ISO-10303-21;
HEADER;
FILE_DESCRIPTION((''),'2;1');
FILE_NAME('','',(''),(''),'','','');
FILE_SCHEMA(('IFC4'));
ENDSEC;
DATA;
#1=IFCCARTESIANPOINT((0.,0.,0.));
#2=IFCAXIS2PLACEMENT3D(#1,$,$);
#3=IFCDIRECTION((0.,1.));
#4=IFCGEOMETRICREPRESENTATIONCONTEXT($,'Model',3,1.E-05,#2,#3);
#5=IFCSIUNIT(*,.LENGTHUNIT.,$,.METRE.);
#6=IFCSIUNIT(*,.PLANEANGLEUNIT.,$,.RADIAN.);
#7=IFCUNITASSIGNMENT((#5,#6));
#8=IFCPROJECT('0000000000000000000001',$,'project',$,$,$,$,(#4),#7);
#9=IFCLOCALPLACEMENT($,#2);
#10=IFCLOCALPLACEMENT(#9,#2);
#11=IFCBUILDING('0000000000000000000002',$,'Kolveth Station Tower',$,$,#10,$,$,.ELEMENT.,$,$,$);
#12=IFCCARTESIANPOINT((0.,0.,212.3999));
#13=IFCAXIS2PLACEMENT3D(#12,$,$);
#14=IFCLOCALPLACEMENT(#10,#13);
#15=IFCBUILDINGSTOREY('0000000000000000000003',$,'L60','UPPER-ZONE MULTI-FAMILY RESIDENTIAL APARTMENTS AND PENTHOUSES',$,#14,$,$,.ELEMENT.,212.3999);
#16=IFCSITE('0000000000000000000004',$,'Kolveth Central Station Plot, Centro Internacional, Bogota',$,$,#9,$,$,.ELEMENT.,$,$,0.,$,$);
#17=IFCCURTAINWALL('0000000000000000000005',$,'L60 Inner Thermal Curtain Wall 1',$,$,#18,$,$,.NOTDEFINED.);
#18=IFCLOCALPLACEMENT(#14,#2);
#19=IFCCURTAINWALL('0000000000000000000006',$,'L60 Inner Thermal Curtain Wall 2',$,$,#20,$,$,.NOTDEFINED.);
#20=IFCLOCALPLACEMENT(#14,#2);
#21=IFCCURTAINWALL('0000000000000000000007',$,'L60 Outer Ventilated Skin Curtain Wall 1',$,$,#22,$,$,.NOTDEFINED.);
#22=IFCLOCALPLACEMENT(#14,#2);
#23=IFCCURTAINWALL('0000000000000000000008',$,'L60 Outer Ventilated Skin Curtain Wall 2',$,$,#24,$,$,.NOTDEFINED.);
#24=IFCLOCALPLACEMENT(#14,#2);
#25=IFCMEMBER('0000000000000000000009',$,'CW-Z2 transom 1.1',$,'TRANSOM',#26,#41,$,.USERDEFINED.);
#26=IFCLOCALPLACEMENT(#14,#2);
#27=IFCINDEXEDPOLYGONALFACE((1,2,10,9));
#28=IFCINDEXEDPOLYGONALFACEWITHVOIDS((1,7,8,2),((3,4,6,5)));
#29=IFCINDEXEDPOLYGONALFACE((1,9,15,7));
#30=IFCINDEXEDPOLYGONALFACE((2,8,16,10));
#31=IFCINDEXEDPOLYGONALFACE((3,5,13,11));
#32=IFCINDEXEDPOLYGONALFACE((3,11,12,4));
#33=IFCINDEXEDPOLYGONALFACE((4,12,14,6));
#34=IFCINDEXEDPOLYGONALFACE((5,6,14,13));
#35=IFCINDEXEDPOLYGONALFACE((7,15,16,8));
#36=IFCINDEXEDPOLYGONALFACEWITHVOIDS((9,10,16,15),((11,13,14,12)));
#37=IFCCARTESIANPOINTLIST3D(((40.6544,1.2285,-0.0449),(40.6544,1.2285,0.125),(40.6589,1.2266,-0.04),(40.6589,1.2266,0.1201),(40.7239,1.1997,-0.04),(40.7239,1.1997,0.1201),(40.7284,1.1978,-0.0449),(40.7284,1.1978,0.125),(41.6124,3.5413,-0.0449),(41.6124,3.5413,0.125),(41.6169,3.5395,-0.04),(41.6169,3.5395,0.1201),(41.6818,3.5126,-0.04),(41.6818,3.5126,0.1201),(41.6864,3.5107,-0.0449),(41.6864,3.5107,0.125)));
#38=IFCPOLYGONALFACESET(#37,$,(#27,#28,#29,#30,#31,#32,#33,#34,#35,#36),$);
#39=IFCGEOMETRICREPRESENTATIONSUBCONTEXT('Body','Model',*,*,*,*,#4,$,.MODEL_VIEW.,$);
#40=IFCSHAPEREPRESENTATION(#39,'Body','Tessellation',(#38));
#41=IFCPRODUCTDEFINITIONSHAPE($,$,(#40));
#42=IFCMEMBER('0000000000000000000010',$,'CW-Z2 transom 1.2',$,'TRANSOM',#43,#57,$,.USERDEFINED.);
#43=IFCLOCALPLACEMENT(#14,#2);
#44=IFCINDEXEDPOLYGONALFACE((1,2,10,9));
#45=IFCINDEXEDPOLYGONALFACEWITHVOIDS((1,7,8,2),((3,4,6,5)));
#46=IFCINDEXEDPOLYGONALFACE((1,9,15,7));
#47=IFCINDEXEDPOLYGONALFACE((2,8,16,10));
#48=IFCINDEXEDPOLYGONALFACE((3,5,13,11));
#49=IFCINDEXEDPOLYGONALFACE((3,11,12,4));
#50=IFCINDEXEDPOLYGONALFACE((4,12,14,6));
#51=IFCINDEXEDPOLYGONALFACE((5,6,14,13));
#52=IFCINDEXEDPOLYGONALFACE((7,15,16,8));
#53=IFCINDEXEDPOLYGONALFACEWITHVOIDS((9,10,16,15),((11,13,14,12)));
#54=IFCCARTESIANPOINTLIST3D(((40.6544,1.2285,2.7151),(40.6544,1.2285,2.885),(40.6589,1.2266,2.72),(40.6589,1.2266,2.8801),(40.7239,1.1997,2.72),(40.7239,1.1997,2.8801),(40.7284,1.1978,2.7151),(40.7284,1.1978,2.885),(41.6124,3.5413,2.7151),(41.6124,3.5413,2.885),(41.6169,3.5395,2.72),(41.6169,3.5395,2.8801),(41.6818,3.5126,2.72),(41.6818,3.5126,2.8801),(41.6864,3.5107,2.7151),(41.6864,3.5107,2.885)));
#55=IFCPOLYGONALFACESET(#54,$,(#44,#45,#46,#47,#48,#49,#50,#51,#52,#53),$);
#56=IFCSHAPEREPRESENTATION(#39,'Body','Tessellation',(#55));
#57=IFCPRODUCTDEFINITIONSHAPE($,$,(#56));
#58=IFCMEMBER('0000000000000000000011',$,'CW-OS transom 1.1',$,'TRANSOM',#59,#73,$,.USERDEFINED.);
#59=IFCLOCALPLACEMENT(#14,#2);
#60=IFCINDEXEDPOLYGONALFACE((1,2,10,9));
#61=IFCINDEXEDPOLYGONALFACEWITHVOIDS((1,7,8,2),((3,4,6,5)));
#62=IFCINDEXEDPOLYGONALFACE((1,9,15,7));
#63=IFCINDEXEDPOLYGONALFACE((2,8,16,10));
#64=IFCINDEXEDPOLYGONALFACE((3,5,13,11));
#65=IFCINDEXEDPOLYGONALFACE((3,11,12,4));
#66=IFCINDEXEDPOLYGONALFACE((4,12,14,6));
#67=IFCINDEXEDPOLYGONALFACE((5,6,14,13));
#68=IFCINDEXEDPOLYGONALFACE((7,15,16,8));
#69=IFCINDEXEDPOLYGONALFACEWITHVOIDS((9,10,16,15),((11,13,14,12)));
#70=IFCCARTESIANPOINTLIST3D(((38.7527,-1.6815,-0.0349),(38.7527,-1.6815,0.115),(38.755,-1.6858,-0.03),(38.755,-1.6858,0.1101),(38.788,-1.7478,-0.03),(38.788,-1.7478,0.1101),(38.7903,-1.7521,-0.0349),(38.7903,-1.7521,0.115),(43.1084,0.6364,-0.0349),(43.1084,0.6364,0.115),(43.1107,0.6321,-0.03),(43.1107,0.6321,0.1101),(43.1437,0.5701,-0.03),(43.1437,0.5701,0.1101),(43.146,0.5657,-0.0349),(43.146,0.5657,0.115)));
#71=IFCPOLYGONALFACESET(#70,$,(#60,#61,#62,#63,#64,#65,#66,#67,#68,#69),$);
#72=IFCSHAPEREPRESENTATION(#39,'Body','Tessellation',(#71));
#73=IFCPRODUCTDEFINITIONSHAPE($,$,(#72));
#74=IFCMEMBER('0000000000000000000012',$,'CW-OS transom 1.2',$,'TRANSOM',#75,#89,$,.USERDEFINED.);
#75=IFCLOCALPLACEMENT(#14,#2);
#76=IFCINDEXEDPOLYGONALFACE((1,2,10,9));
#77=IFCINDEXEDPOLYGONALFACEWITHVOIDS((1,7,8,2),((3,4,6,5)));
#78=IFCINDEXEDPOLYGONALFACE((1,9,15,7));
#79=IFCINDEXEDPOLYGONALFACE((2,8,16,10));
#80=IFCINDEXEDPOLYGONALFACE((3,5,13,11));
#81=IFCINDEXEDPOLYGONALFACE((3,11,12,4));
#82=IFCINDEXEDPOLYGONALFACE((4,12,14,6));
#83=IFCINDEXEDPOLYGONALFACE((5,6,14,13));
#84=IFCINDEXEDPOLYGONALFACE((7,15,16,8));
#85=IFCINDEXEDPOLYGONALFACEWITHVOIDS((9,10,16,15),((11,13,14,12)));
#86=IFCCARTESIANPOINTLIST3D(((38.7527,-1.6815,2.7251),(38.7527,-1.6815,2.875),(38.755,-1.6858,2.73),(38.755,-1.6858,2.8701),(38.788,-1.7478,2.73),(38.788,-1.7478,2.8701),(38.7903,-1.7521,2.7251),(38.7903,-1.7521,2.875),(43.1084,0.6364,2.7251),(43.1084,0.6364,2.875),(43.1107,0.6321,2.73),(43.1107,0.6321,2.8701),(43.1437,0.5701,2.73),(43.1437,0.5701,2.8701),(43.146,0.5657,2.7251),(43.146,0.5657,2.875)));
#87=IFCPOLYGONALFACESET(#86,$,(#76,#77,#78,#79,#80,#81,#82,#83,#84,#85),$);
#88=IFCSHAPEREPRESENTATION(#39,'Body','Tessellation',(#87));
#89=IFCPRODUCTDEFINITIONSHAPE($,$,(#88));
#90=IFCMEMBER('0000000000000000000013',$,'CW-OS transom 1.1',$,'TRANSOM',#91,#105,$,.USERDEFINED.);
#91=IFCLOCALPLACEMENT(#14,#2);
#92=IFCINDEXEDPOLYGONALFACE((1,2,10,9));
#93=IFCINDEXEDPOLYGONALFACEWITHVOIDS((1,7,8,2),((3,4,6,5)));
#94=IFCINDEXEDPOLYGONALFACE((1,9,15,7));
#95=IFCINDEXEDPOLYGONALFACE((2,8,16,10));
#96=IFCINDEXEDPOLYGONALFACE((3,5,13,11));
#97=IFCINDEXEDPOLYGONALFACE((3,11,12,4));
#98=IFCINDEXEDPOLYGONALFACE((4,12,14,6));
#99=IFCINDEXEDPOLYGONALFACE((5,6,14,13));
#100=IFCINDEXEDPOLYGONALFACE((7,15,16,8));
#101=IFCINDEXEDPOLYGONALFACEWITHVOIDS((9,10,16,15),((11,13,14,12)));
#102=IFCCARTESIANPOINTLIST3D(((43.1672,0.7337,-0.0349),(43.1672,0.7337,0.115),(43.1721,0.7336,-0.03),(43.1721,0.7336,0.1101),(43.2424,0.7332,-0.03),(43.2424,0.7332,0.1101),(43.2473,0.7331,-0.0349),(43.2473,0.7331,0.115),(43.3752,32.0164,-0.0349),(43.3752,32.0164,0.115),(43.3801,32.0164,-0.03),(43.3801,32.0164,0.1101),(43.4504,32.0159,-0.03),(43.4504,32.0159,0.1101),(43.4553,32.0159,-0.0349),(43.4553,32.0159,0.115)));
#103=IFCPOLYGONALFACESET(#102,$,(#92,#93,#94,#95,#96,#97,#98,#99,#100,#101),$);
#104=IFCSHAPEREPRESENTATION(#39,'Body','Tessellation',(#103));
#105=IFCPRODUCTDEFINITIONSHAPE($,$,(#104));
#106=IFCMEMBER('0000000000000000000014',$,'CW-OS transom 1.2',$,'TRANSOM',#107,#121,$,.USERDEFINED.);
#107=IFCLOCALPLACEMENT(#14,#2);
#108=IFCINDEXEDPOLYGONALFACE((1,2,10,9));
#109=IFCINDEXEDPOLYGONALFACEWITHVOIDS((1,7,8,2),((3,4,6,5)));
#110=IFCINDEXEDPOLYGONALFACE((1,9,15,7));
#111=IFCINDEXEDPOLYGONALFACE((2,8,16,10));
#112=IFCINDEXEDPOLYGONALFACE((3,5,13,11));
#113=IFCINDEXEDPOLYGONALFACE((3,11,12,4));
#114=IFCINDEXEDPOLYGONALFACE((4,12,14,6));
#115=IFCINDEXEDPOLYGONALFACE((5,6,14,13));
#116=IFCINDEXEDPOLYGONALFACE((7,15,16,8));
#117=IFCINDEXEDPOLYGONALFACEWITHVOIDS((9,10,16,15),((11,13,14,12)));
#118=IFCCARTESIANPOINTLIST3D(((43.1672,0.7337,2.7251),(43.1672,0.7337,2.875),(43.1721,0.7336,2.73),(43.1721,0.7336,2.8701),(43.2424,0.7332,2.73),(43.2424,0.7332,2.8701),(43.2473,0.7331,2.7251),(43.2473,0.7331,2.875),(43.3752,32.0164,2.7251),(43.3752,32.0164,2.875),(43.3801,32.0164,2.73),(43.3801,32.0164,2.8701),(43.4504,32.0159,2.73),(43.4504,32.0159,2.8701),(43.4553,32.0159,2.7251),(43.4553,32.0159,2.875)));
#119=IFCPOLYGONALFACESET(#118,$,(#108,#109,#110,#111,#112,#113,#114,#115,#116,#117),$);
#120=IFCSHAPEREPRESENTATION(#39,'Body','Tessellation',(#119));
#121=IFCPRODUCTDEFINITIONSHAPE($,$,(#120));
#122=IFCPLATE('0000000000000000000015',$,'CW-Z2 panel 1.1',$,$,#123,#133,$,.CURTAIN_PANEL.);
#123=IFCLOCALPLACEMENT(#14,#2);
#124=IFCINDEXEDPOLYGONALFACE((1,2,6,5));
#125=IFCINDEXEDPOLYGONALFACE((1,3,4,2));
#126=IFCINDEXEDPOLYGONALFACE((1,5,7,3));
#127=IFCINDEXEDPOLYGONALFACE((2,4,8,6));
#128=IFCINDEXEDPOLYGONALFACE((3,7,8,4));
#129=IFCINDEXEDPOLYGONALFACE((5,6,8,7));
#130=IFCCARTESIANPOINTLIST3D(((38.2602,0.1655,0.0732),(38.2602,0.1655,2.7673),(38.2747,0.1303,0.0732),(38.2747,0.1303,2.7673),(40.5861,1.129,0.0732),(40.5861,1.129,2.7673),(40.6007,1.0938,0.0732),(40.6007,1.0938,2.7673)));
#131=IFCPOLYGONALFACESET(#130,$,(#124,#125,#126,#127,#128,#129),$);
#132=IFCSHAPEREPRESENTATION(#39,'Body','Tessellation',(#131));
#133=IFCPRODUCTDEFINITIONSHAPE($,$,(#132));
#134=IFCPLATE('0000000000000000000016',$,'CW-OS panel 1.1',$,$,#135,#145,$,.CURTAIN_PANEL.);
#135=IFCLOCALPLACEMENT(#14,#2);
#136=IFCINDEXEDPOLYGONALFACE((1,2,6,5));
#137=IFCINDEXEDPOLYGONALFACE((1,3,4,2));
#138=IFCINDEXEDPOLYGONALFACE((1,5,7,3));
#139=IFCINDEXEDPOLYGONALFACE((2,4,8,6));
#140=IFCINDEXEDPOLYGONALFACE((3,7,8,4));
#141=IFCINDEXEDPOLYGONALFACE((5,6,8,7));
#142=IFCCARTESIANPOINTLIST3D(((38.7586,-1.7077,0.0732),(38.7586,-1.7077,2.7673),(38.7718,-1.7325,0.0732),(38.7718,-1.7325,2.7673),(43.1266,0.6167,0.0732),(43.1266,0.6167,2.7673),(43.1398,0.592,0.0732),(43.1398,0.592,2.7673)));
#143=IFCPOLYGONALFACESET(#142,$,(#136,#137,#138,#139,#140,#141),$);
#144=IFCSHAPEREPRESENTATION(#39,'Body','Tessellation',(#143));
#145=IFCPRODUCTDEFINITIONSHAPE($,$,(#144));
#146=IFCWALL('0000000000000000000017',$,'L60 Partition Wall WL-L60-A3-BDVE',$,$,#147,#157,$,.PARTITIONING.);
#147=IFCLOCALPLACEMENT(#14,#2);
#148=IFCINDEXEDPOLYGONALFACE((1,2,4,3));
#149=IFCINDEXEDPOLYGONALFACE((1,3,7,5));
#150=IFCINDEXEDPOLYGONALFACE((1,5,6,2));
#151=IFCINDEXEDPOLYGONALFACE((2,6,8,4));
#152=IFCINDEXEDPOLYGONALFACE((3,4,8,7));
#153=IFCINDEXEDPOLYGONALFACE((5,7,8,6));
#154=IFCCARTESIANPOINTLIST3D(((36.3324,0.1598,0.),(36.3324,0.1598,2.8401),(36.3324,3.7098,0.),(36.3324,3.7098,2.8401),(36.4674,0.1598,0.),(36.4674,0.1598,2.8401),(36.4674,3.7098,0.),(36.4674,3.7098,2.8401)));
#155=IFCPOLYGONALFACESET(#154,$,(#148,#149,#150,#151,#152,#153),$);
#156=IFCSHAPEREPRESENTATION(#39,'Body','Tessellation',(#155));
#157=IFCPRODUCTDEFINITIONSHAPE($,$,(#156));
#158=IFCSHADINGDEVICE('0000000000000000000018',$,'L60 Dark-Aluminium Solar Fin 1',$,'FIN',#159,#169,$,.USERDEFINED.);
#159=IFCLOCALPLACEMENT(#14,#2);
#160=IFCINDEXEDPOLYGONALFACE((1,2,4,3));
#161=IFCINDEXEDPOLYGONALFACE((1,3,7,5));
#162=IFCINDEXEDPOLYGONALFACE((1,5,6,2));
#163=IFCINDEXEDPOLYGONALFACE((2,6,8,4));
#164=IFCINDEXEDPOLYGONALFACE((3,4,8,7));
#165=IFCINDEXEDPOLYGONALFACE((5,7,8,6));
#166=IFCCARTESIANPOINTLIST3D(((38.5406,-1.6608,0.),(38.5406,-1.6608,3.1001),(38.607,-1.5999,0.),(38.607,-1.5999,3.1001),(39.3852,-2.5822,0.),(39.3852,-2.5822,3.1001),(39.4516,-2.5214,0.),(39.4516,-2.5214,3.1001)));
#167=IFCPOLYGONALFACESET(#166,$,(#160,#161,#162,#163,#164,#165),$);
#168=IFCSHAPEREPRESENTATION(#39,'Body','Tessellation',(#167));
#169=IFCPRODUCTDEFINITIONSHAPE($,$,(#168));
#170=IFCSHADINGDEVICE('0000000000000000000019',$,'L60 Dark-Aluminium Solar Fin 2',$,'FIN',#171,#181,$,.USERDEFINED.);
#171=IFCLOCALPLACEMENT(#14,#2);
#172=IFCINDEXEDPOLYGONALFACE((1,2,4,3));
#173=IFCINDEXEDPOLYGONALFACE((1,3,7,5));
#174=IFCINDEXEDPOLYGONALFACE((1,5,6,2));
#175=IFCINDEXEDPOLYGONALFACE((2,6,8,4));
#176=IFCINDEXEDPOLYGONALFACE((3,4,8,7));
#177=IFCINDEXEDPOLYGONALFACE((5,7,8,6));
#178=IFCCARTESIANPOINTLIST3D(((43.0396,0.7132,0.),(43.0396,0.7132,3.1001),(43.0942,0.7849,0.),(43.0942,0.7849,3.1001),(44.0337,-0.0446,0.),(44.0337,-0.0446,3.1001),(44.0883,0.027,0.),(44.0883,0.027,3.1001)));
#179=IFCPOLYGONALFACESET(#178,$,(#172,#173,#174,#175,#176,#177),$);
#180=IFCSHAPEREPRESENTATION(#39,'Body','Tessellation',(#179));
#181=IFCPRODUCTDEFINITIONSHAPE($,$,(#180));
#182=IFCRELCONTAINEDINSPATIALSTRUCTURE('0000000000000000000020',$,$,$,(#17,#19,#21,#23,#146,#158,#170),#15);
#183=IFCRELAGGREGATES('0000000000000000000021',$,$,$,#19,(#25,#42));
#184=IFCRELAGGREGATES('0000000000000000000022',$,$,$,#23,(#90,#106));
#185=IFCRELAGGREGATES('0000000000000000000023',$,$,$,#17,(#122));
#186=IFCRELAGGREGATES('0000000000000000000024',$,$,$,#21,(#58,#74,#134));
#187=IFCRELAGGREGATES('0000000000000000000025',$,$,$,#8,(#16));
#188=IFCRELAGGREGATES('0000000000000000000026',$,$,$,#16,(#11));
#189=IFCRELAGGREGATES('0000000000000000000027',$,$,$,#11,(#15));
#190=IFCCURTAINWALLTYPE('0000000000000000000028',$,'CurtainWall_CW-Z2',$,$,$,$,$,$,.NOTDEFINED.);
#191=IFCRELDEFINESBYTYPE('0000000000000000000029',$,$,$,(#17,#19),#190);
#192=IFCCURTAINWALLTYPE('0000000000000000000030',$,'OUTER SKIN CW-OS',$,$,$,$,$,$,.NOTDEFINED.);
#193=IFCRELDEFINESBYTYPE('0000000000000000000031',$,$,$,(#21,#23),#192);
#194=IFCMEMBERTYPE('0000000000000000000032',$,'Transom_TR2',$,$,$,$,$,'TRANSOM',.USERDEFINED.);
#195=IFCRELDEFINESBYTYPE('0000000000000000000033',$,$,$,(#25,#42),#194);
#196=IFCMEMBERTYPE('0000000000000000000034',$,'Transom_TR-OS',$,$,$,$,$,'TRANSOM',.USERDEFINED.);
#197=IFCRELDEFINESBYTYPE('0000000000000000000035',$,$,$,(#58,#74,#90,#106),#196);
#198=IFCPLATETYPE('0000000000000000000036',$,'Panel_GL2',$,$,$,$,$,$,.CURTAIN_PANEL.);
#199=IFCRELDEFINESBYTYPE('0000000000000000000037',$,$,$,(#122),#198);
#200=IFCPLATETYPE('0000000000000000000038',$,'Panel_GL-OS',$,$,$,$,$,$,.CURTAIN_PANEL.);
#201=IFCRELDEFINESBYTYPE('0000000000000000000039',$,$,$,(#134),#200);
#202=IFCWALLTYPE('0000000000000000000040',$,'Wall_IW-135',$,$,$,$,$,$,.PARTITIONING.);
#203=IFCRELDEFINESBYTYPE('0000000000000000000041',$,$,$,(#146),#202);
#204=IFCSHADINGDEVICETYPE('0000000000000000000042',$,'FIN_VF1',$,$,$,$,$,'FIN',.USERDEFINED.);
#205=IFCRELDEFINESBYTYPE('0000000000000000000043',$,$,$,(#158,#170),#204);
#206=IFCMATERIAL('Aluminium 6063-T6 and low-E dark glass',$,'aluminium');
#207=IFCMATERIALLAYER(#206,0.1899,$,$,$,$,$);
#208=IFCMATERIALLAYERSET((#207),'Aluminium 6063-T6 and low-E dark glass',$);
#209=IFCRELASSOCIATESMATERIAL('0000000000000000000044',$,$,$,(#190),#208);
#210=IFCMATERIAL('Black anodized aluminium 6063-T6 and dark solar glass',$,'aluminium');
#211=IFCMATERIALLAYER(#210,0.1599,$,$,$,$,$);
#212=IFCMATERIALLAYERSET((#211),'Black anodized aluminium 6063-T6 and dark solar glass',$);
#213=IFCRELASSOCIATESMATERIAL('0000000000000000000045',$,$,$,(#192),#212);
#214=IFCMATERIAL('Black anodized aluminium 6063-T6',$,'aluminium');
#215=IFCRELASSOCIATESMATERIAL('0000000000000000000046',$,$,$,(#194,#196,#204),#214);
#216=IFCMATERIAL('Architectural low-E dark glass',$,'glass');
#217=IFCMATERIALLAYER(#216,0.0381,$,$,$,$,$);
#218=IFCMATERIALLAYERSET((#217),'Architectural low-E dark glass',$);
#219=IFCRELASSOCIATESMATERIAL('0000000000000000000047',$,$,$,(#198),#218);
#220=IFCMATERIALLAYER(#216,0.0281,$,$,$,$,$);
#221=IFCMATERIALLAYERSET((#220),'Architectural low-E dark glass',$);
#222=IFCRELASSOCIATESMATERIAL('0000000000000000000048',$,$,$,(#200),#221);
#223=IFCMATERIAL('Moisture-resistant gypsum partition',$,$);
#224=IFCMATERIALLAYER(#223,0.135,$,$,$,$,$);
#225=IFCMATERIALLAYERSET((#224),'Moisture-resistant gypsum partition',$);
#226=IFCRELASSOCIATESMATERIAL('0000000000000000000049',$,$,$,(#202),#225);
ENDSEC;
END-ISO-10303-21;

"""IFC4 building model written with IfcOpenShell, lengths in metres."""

from ifc_helpers import new_model, si_unit, direction, frame, frame_2d, origin, origin_2d, place, context, subcontext, project, spatial, rectangle, hollow_rectangle, extrude, source, transform, mapped, material, layer, layer_set, material_profile, profile_set, type_object, element, aggregate, save


model = new_model("IFC4")

# Units and contexts
model_context = context("Model", 3, precision=1e-05, world=origin(), true_north=direction((0.0, 1.0)))
body_context = subcontext(model_context, "Body", "Model", "MODEL_VIEW")
ifc_project = project(units=[si_unit("LENGTHUNIT", "METRE"), si_unit("PLANEANGLEUNIT", "RADIAN")], contexts=[model_context])

# Site, building, storey
site_placement = place(None, origin())
site = spatial("IfcSite", under=ifc_project, at=site_placement, Name="Kolveth Central Station Plot, Centro Internacional, Bogota", CompositionType="ELEMENT", RefElevation=0.0)
building_placement = place(site_placement, origin())
building = spatial("IfcBuilding", under=site, at=building_placement, Name="Kolveth Station Tower", CompositionType="ELEMENT")
storey_placement = place(building_placement, frame((0.0, 0.0, 212.3999)))
storey = spatial("IfcBuildingStorey", under=building, at=storey_placement, Name="L60", Description="UPPER-ZONE MULTI-FAMILY RESIDENTIAL APARTMENTS AND PENTHOUSES", CompositionType="ELEMENT", Elevation=212.3999)

# Curtain wall
ifc_material_1 = material(Name="Aluminium 6063-T6 and low-E dark glass", Category="aluminium")
ifc_layer_1 = layer(ifc_material_1, 0.1899)
ifc_layer_set_1 = layer_set([ifc_layer_1], Name="Aluminium 6063-T6 and low-E dark glass")
curtain_wall_type_1 = type_object("IfcCurtainWallType", Name="CurtainWall_CW-Z2", PredefinedType="NOTDEFINED", material=ifc_layer_set_1)
curtain_wall_1_placement = place(storey_placement, origin())
curtain_wall_1 = element("IfcCurtainWall", 1, at=curtain_wall_1_placement, inside=storey, type_object=curtain_wall_type_1, Name="L60 Inner Thermal Curtain Wall 1", PredefinedType="NOTDEFINED")
ifc_material_2 = material(Name="Black anodized aluminium 6063-T6", Category="aluminium")

# Curtain wall
curtain_wall_2_placement = place(storey_placement, origin())
curtain_wall_2 = element("IfcCurtainWall", 2, at=curtain_wall_2_placement, inside=storey, type_object=curtain_wall_type_1, Name="L60 Inner Thermal Curtain Wall 2", PredefinedType="NOTDEFINED")

# Curtain wall
ifc_material_3 = material(Name="Black anodized aluminium 6063-T6 and dark solar glass", Category="aluminium")
ifc_layer_2 = layer(ifc_material_3, 0.1599)
ifc_layer_set_2 = layer_set([ifc_layer_2], Name="Black anodized aluminium 6063-T6 and dark solar glass")
curtain_wall_type_2 = type_object("IfcCurtainWallType", Name="OUTER SKIN CW-OS", PredefinedType="NOTDEFINED", material=ifc_layer_set_2)
curtain_wall_3_placement = place(storey_placement, origin())
curtain_wall_3 = element("IfcCurtainWall", 3, at=curtain_wall_3_placement, inside=storey, type_object=curtain_wall_type_2, Name="L60 Outer Ventilated Skin Curtain Wall 1", PredefinedType="NOTDEFINED")

# Curtain wall
curtain_wall_4_placement = place(storey_placement, origin())
curtain_wall_4 = element("IfcCurtainWall", 4, at=curtain_wall_4_placement, inside=storey, type_object=curtain_wall_type_2, Name="L60 Outer Ventilated Skin Curtain Wall 2", PredefinedType="NOTDEFINED")

# Members
ifc_material_profile_1 = material_profile(ifc_material_2, hollow_rectangle(XDim=0.0801, YDim=0.1699, WallThickness=0.0049, at=origin_2d()), Name="ALU-80x170x5")
ifc_profile_set_1 = profile_set([ifc_material_profile_1], Name="Black anodized aluminium 6063-T6")
member_type_1 = type_object("IfcMemberType", Name="Transom_TR2", ElementType="TRANSOM", PredefinedType="USERDEFINED", material=ifc_profile_set_1)
shared_shape_1 = source(origin(), body_context, "Body", "SweptSolid", [
    extrude(hollow_rectangle(XDim=0.0801, YDim=0.1699, WallThickness=0.0049, at=origin_2d()), origin(), (0.0, 0.0, 1.0), 2.5034),
])
member_1_placement = place(storey_placement, frame((40.6914, 1.2131, 0.04), z_axis=(0.382662, 0.923888, 0.0), x_axis=(-0.923888, 0.382662, 0.0)))
member_1 = element("IfcMember", 5, at=member_1_placement, type_object=member_type_1, Name="CW-Z2 transom 1.1", ObjectType="TRANSOM", PredefinedType="USERDEFINED", context=body_context, shape_type="MappedRepresentation", body=[
    mapped(shared_shape_1, transform((0.0, 0.0, 0.0), x_axis=(1.0, 0.0, 0.0), y_axis=(0.0, 1.0, 0.0), z_axis=(0.0, 0.0, 1.0), scale=1.0)),
])
member_2_placement = place(storey_placement, frame((40.6914, 1.2131, 2.8), z_axis=(0.382662, 0.923888, 0.0), x_axis=(-0.923888, 0.382662, 0.0)))
member_2 = element("IfcMember", 6, at=member_2_placement, type_object=member_type_1, Name="CW-Z2 transom 1.2", ObjectType="TRANSOM", PredefinedType="USERDEFINED", context=body_context, shape_type="MappedRepresentation", body=[
    mapped(shared_shape_1, transform((0.0, 0.0, 0.0), x_axis=(1.0, 0.0, 0.0), y_axis=(0.0, 1.0, 0.0), z_axis=(0.0, 0.0, 1.0), scale=1.0)),
])
aggregate(curtain_wall_2, [member_1, member_2])
ifc_material_profile_2 = material_profile(ifc_material_2, hollow_rectangle(XDim=0.0801, YDim=0.1499, WallThickness=0.0049, at=origin_2d()), Name="ALU-80x150x5")
ifc_profile_set_2 = profile_set([ifc_material_profile_2], Name="Black anodized aluminium 6063-T6")
member_type_2 = type_object("IfcMemberType", Name="Transom_TR-OS", ElementType="TRANSOM", PredefinedType="USERDEFINED", material=ifc_profile_set_2)
shared_shape_2 = source(origin(), body_context, "Body", "SweptSolid", [
    extrude(hollow_rectangle(XDim=0.0801, YDim=0.1499, WallThickness=0.0049, at=origin_2d()), origin(), (0.0, 0.0, 1.0), 4.9341),
])
member_3_placement = place(storey_placement, frame((38.7715, -1.7168, 0.04), z_axis=(0.882788, 0.469771, 0.0), x_axis=(-0.469771, 0.882788, 0.0)))
member_3 = element("IfcMember", 7, at=member_3_placement, type_object=member_type_2, Name="CW-OS transom 1.1", ObjectType="TRANSOM", PredefinedType="USERDEFINED", context=body_context, shape_type="MappedRepresentation", body=[
    mapped(shared_shape_2, transform((0.0, 0.0, 0.0), x_axis=(1.0, 0.0, 0.0), y_axis=(0.0, 1.0, 0.0), z_axis=(0.0, 0.0, 1.0), scale=1.0)),
])
member_4_placement = place(storey_placement, frame((38.7715, -1.7168, 2.8), z_axis=(0.882788, 0.469771, 0.0), x_axis=(-0.469771, 0.882788, 0.0)))
member_4 = element("IfcMember", 8, at=member_4_placement, type_object=member_type_2, Name="CW-OS transom 1.2", ObjectType="TRANSOM", PredefinedType="USERDEFINED", context=body_context, shape_type="MappedRepresentation", body=[
    mapped(shared_shape_2, transform((0.0, 0.0, 0.0), x_axis=(1.0, 0.0, 0.0), y_axis=(0.0, 1.0, 0.0), z_axis=(0.0, 0.0, 1.0), scale=1.0)),
])
shared_shape_3 = source(origin(), body_context, "Body", "SweptSolid", [
    extrude(hollow_rectangle(XDim=0.0801, YDim=0.1499, WallThickness=0.0049, at=origin_2d()), origin(), (0.0, 0.0, 1.0), 31.2834),
])
member_5_placement = place(storey_placement, frame((43.2073, 0.7334, 0.04), z_axis=(0.006649, 0.999978, 0.0), x_axis=(-0.999978, 0.006649, 0.0)))
member_5 = element("IfcMember", 9, at=member_5_placement, type_object=member_type_2, Name="CW-OS transom 1.1", ObjectType="TRANSOM", PredefinedType="USERDEFINED", context=body_context, shape_type="MappedRepresentation", body=[
    mapped(shared_shape_3, transform((0.0, 0.0, 0.0), x_axis=(1.0, 0.0, 0.0), y_axis=(0.0, 1.0, 0.0), z_axis=(0.0, 0.0, 1.0), scale=1.0)),
])
member_6_placement = place(storey_placement, frame((43.2073, 0.7334, 2.8), z_axis=(0.006649, 0.999978, 0.0), x_axis=(-0.999978, 0.006649, 0.0)))
member_6 = element("IfcMember", 10, at=member_6_placement, type_object=member_type_2, Name="CW-OS transom 1.2", ObjectType="TRANSOM", PredefinedType="USERDEFINED", context=body_context, shape_type="MappedRepresentation", body=[
    mapped(shared_shape_3, transform((0.0, 0.0, 0.0), x_axis=(1.0, 0.0, 0.0), y_axis=(0.0, 1.0, 0.0), z_axis=(0.0, 0.0, 1.0), scale=1.0)),
])
aggregate(curtain_wall_4, [member_5, member_6])

# Plates
ifc_material_4 = material(Name="Architectural low-E dark glass", Category="glass")
ifc_layer_3 = layer(ifc_material_4, 0.0381)
ifc_layer_set_3 = layer_set([ifc_layer_3], Name="Architectural low-E dark glass")
plate_type_1 = type_object("IfcPlateType", Name="Panel_GL2", PredefinedType="CURTAIN_PANEL", material=ifc_layer_set_3)
shared_shape_4 = source(origin(), body_context, "Body", "SweptSolid", [
    extrude(rectangle(XDim=2.5176, YDim=0.0381, at=origin_2d()), origin(), (0.0, 0.0, 1.0), 2.6941),
])
plate_1_placement = place(storey_placement, frame((39.4304, 0.6296, 0.0732), z_axis=(0.0, 0.0, 1.0), x_axis=(0.923874, 0.382698, 0.0)))
plate_1 = element("IfcPlate", 11, at=plate_1_placement, type_object=plate_type_1, Name="CW-Z2 panel 1.1", PredefinedType="CURTAIN_PANEL", context=body_context, shape_type="MappedRepresentation", body=[
    mapped(shared_shape_4, transform((0.0, 0.0, 0.0), x_axis=(1.0, 0.0, 0.0), y_axis=(0.0, 1.0, 0.0), z_axis=(0.0, 0.0, 1.0), scale=1.0)),
])
aggregate(curtain_wall_1, [plate_1])
ifc_layer_4 = layer(ifc_material_4, 0.0281)
ifc_layer_set_4 = layer_set([ifc_layer_4], Name="Architectural low-E dark glass")
plate_type_2 = type_object("IfcPlateType", Name="Panel_GL-OS", PredefinedType="CURTAIN_PANEL", material=ifc_layer_set_4)
shared_shape_5 = source(origin(), body_context, "Body", "SweptSolid", [
    extrude(rectangle(XDim=4.948, YDim=0.0281, at=origin_2d()), origin(), (0.0, 0.0, 1.0), 2.6941),
])
plate_2_placement = place(storey_placement, frame((40.9492, -0.5579, 0.0732), z_axis=(0.0, 0.0, 1.0), x_axis=(0.88279, 0.469768, 0.0)))
plate_2 = element("IfcPlate", 12, at=plate_2_placement, type_object=plate_type_2, Name="CW-OS panel 1.1", PredefinedType="CURTAIN_PANEL", context=body_context, shape_type="MappedRepresentation", body=[
    mapped(shared_shape_5, transform((0.0, 0.0, 0.0), x_axis=(1.0, 0.0, 0.0), y_axis=(0.0, 1.0, 0.0), z_axis=(0.0, 0.0, 1.0), scale=1.0)),
])
aggregate(curtain_wall_3, [member_3, member_4, plate_2])

# Wall
ifc_material_5 = material(Name="Moisture-resistant gypsum partition")
ifc_layer_5 = layer(ifc_material_5, 0.135)
ifc_layer_set_5 = layer_set([ifc_layer_5], Name="Moisture-resistant gypsum partition")
wall_type = type_object("IfcWallType", Name="Wall_IW-135", PredefinedType="PARTITIONING", material=ifc_layer_set_5)
wall_placement = place(storey_placement, frame((36.3999, 0.1599, 0.0), z_axis=(0.0, 0.0, 1.0), x_axis=(0.0, 1.0, 0.0)))
element("IfcWall", 13, at=wall_placement, inside=storey, type_object=wall_type, Name="L60 Partition Wall WL-L60-A3-BDVE", PredefinedType="PARTITIONING", context=body_context, shape_type="SweptSolid", body=[
    extrude(rectangle(XDim=3.55, YDim=0.135, at=frame_2d((1.7749, 0.0))), origin(), (0.0, 0.0, 1.0), 2.8401),
])

# Shading devices
shading_device_type = type_object("IfcShadingDeviceType", Name="FIN_VF1", ElementType="FIN", PredefinedType="USERDEFINED", material=ifc_material_2)
shared_shape_6 = source(origin(), body_context, "Body", "SweptSolid", [
    extrude(rectangle(XDim=1.25, YDim=0.0901, at=origin_2d()), origin(), (0.0, 0.0, 1.0), 3.1001),
])
for number, where, z_axis, x_axis, name in (
    (14, (38.9961, -2.0911, 0.0), (0.0, 0.0, 1.0), (0.675719, -0.737159, 0.0), "L60 Dark-Aluminium Solar Fin 1"),
    (15, (43.564, 0.3701, 0.0), (0.0, 0.0, 1.0), (0.795262, -0.606266, 0.0), "L60 Dark-Aluminium Solar Fin 2"),
):
    element("IfcShadingDevice", number, at=place(storey_placement, frame(where, z_axis=z_axis, x_axis=x_axis)), inside=storey, type_object=shading_device_type, Name=name, ObjectType="FIN", PredefinedType="USERDEFINED", context=body_context, shape_type="MappedRepresentation", body=[
        mapped(shared_shape_6, transform((0.0, 0.0, 0.0), x_axis=(1.0, 0.0, 0.0), y_axis=(0.0, 1.0, 0.0), z_axis=(0.0, 0.0, 1.0), scale=1.0)),
    ])

save(model, "model.ifc")
